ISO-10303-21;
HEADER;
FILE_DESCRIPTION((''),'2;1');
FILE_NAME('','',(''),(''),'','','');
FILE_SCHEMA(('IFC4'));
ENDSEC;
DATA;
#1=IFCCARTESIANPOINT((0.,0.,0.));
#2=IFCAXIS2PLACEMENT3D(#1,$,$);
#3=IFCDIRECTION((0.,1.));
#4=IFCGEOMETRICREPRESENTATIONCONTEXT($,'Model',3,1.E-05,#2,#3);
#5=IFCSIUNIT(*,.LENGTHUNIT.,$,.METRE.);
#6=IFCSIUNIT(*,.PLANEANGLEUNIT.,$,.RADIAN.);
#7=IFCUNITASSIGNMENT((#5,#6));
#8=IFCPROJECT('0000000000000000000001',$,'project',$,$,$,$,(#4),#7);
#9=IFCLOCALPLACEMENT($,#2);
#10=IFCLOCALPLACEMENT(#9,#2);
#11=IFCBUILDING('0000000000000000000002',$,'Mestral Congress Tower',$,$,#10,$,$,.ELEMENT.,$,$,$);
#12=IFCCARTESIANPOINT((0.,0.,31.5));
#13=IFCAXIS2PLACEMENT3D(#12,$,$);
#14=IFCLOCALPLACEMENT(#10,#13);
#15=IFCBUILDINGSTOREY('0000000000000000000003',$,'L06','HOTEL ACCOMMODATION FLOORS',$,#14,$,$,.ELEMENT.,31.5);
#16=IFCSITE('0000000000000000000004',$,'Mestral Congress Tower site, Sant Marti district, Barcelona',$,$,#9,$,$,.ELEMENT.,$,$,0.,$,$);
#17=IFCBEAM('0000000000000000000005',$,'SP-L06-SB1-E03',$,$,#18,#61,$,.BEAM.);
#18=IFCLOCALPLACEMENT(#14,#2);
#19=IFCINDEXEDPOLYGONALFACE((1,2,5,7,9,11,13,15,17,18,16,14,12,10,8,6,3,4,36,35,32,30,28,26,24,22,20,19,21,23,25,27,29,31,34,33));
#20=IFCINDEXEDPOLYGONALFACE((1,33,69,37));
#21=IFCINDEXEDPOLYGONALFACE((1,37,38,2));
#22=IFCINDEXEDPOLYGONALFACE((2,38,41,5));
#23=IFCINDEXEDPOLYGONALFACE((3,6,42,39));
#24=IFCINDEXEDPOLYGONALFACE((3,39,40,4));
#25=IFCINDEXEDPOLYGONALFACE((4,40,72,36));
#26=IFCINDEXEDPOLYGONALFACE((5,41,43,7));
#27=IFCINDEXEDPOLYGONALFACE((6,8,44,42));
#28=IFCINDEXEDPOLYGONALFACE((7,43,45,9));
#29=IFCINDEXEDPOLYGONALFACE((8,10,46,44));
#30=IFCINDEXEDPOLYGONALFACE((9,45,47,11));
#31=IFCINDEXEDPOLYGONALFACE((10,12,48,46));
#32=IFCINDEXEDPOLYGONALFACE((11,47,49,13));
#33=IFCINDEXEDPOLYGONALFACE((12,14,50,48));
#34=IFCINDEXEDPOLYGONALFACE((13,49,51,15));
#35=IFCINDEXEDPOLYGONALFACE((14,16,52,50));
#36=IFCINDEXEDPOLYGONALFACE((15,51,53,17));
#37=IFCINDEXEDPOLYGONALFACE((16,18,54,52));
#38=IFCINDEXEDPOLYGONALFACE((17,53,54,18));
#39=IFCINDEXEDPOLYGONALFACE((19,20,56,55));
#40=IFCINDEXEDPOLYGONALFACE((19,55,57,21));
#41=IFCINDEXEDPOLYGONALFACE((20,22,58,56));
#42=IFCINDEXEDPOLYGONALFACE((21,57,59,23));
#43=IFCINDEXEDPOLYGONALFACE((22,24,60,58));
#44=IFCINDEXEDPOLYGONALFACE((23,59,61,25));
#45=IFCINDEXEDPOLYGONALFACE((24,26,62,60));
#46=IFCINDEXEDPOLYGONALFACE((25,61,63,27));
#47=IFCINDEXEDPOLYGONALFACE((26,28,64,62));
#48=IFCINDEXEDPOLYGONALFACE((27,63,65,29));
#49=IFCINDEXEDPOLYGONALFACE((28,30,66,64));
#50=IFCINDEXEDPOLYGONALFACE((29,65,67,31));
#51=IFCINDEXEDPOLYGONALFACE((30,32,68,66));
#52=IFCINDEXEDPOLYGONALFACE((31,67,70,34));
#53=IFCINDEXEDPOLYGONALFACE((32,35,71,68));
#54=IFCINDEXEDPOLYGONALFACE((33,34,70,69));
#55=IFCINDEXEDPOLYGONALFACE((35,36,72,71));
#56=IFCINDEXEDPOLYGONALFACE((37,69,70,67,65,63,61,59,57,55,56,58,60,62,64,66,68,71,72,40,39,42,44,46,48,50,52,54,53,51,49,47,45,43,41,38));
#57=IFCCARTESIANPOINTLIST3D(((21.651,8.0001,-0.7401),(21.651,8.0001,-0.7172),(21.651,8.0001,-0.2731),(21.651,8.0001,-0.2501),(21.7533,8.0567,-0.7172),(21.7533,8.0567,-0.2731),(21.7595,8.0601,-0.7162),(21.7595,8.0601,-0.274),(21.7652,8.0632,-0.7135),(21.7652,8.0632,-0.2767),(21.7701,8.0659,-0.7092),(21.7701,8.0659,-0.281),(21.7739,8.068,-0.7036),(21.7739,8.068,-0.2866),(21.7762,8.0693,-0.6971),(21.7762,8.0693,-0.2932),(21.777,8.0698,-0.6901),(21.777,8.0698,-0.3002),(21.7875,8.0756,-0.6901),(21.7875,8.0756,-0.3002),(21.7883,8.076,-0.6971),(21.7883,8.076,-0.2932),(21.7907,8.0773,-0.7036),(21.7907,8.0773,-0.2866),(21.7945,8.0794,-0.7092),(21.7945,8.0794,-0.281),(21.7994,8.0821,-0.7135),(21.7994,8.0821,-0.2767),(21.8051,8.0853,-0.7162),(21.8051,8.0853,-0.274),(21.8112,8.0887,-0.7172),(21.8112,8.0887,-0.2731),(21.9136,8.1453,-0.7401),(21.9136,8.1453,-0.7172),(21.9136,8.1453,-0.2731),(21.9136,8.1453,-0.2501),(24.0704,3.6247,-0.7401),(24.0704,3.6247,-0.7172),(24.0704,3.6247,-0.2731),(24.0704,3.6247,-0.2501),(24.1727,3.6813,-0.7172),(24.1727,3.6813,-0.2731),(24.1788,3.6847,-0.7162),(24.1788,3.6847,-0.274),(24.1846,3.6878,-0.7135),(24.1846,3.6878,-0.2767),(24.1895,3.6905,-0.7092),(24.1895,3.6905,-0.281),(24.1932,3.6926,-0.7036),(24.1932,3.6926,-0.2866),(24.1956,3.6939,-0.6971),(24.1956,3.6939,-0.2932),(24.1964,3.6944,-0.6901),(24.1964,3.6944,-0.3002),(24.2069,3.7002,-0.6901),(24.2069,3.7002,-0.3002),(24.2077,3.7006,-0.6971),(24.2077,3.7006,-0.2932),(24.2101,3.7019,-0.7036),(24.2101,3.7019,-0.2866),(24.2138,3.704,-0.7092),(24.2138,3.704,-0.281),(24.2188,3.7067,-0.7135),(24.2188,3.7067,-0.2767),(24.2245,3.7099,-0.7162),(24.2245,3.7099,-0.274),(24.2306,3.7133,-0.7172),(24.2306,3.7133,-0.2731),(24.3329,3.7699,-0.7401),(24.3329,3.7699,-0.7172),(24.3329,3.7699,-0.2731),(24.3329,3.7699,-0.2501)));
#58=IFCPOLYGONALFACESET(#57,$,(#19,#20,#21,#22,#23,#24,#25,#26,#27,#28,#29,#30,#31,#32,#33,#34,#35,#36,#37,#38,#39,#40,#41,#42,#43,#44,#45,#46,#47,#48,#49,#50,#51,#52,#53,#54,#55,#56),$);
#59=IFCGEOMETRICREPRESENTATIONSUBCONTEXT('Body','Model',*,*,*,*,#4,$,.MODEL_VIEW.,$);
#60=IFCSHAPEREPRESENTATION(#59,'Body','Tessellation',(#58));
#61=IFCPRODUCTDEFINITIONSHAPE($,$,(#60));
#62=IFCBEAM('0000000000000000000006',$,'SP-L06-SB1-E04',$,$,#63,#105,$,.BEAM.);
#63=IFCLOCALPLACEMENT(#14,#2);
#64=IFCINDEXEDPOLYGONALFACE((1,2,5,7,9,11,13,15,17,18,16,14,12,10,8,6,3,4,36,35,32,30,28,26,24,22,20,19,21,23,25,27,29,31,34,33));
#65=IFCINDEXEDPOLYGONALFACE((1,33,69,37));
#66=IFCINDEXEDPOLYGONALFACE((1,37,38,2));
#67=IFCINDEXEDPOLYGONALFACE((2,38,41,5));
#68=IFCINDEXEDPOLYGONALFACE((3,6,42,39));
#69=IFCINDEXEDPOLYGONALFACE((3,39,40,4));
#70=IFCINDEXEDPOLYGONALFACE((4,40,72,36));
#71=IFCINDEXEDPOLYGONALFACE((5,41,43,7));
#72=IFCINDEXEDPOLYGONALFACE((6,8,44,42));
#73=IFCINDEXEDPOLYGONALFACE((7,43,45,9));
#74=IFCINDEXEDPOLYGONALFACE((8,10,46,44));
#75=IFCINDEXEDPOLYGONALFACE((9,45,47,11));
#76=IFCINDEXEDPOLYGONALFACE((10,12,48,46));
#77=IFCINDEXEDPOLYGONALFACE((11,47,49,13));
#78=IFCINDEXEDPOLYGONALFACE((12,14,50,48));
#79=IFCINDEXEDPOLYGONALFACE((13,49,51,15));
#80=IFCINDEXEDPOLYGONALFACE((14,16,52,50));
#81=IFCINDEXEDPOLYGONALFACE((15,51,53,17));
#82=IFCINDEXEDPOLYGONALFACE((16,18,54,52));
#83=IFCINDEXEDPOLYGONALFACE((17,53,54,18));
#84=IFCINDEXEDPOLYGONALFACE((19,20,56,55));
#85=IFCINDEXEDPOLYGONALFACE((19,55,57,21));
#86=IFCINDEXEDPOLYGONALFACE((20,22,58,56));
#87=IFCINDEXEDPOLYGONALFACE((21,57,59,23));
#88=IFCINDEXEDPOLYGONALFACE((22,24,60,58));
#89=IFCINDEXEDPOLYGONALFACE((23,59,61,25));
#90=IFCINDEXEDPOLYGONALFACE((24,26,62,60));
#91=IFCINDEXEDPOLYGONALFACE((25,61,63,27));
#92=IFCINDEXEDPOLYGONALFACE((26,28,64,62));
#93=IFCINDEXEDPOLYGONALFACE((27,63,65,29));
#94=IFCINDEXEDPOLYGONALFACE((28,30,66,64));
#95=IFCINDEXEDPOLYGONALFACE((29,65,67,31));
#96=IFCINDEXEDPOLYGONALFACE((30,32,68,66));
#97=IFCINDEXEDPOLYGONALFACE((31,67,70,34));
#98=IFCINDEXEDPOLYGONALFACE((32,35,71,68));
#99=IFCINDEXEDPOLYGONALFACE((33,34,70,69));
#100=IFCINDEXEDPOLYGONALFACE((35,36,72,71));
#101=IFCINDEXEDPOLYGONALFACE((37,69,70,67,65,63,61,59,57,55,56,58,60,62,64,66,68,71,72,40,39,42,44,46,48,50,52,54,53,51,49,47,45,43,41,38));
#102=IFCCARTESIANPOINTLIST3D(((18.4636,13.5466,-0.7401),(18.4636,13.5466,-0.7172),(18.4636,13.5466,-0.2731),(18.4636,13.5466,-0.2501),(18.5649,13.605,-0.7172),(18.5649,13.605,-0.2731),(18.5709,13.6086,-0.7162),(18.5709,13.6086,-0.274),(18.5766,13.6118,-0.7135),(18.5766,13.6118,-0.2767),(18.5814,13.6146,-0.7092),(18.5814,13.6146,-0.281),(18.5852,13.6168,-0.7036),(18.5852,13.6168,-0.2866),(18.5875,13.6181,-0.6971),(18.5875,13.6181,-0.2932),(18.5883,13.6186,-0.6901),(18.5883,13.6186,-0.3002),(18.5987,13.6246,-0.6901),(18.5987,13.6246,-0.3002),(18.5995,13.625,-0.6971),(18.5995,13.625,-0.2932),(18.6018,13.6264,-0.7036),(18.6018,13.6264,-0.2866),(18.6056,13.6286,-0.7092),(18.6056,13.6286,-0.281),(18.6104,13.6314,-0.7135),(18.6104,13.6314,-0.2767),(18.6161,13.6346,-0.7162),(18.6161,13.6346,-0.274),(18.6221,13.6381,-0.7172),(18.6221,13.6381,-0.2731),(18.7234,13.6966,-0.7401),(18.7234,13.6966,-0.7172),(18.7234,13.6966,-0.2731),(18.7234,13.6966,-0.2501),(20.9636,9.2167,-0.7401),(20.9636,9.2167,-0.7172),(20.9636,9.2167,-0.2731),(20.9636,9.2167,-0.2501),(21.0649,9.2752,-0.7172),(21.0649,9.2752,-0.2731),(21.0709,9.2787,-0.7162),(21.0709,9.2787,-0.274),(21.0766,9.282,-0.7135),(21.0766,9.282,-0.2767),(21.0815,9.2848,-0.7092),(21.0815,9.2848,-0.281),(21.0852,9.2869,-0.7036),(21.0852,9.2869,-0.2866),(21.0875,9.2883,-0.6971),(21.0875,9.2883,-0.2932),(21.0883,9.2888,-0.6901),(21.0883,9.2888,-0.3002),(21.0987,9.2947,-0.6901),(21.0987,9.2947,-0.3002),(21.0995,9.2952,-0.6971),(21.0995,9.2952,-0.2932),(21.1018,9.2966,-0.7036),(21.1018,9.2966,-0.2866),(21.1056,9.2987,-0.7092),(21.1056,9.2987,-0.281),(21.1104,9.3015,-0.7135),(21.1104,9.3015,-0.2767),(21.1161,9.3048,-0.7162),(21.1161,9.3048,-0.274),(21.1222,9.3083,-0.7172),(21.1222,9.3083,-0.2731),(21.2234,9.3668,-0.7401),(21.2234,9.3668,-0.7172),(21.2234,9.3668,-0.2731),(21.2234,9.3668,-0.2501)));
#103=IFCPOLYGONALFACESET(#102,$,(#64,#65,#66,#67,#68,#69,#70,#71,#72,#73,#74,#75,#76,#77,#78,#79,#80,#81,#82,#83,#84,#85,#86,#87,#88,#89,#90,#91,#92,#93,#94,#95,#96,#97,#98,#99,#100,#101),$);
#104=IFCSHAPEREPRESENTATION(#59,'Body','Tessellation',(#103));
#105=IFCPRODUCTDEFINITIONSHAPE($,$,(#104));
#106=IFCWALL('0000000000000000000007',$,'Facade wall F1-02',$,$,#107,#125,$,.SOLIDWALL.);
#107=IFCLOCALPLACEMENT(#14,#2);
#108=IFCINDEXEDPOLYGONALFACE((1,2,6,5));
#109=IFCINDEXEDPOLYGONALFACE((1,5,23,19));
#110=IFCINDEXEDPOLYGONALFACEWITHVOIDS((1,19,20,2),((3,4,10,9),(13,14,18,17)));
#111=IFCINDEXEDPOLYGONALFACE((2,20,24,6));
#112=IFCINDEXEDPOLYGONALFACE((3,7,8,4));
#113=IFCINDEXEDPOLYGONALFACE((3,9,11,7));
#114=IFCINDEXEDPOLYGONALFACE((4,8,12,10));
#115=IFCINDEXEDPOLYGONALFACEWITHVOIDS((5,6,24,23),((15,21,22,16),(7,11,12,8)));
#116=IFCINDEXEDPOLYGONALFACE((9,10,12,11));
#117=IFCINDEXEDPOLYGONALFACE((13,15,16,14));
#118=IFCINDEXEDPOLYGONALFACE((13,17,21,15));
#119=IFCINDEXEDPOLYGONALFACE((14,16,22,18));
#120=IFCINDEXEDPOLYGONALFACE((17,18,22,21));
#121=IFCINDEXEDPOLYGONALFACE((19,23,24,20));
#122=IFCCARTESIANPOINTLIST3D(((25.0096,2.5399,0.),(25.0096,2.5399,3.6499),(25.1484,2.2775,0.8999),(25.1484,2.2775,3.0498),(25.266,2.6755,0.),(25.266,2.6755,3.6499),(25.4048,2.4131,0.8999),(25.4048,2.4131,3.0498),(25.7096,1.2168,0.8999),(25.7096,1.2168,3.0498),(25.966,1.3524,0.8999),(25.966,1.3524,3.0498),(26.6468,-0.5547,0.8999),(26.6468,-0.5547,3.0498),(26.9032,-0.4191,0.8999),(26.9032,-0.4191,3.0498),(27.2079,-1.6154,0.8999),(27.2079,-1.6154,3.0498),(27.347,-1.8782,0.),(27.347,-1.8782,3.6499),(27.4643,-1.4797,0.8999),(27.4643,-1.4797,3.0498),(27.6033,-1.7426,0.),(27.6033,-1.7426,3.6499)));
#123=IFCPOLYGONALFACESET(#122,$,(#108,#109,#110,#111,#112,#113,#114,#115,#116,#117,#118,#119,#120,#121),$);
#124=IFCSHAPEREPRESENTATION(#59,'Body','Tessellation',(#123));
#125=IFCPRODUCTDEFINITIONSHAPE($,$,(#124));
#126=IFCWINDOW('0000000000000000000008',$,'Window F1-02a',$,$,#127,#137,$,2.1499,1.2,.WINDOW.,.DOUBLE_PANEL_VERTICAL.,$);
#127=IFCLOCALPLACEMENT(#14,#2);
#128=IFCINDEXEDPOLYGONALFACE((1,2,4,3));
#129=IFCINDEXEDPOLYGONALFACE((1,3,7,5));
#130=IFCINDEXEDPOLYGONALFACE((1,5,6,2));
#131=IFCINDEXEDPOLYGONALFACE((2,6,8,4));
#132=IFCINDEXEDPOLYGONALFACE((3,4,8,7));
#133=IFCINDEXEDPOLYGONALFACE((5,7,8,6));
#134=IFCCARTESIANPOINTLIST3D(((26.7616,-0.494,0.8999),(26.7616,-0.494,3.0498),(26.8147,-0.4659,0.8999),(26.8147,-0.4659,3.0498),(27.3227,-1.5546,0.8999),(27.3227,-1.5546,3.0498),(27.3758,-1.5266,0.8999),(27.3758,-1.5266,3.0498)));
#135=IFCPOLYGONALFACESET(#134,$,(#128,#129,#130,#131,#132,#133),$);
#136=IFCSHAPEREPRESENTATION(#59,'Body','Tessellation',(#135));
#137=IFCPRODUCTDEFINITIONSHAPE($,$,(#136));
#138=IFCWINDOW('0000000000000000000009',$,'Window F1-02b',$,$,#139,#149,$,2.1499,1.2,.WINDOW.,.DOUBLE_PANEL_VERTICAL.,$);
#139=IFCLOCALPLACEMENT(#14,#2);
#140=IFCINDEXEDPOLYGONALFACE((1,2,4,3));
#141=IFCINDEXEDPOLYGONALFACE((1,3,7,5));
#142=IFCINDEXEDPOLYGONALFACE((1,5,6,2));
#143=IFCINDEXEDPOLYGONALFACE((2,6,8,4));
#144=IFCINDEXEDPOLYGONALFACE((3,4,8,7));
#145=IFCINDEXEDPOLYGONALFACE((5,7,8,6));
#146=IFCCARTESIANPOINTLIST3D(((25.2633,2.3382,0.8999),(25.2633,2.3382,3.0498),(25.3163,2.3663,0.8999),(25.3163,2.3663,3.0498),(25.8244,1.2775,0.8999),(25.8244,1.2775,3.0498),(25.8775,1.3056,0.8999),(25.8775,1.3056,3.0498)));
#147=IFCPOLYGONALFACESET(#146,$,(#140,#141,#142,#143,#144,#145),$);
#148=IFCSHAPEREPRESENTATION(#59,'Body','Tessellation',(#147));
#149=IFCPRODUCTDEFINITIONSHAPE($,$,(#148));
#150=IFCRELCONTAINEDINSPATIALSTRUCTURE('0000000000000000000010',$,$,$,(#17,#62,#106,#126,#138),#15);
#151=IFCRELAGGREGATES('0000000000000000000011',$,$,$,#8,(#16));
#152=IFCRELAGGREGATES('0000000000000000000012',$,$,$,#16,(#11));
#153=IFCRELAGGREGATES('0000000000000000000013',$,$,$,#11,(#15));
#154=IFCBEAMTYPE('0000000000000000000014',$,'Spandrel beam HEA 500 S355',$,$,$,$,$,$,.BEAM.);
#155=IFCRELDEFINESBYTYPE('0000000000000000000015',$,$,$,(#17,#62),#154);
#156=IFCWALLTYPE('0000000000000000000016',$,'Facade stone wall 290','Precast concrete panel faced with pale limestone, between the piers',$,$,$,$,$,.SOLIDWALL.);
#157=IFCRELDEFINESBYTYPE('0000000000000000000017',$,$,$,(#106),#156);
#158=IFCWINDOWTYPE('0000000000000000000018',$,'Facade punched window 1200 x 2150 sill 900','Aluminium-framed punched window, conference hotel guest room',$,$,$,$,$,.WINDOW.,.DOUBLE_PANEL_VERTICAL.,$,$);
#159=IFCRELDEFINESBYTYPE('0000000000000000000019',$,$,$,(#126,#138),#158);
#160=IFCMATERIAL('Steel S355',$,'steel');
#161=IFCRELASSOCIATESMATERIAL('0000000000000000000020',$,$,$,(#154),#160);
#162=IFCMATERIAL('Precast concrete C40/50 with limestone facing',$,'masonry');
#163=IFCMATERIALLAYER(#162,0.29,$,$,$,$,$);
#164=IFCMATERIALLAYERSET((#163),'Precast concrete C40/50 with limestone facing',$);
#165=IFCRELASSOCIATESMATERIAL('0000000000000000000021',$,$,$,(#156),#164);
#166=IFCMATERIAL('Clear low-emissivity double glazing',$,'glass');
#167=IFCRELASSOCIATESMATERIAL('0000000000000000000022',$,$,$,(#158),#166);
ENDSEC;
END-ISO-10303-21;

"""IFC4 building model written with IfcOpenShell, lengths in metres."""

from ifc_helpers import new_model, si_unit, direction, frame, frame_2d, origin, origin_2d, place, context, subcontext, project, spatial, rectangle, i_section, extrude, material, layer, layer_set, material_profile, profile_set, type_object, element, fill, save


model = new_model("IFC4")

# Units and contexts
model_context = context("Model", 3, precision=1e-05, world=origin(), true_north=direction((0.0, 1.0)))
body_context = subcontext(model_context, "Body", "Model", "MODEL_VIEW")
ifc_project = project(units=[si_unit("LENGTHUNIT", "METRE"), si_unit("PLANEANGLEUNIT", "RADIAN")], contexts=[model_context])

# Site, building, storey
site_placement = place(None, origin())
site = spatial("IfcSite", under=ifc_project, at=site_placement, Name="Mestral Congress Tower site, Sant Marti district, Barcelona", CompositionType="ELEMENT", RefElevation=0.0)
building_placement = place(site_placement, origin())
building = spatial("IfcBuilding", under=site, at=building_placement, Name="Mestral Congress Tower", CompositionType="ELEMENT")
storey_placement = place(building_placement, frame((0.0, 0.0, 31.5)))
storey = spatial("IfcBuildingStorey", under=building, at=storey_placement, Name="L06", Description="HOTEL ACCOMMODATION FLOORS", CompositionType="ELEMENT", Elevation=31.5)

# Beams
ifc_material_1 = material(Name="Steel S355", Category="steel")
ifc_material_profile_1 = material_profile(ifc_material_1, i_section(OverallWidth=0.3, OverallDepth=0.49, WebThickness=0.012, FlangeThickness=0.0229, FilletRadius=0.0271, at=origin_2d()), Name="HEA 500")
ifc_profile_set_1 = profile_set([ifc_material_profile_1], Name="Steel S355")
beam_type_1 = type_object("IfcBeamType", Name="Spandrel beam HEA 500 S355", PredefinedType="BEAM", material=ifc_profile_set_1)
for number, where, z_axis, x_axis, name in (
    (1, (24.2017, 3.6973, -0.4951), (-0.483901, 0.875123, 0.0), (-0.875123, -0.483901, 0.0), "SP-L06-SB1-E03"),
    (2, (21.0935, 9.2917, -0.4951), (-0.500025, 0.866011, 0.0), (-0.866011, -0.500025, 0.0), "SP-L06-SB1-E04"),
):
    element("IfcBeam", number, at=place(storey_placement, frame(where, z_axis=z_axis, x_axis=x_axis)), inside=storey, type_object=beam_type_1, Name=name, PredefinedType="BEAM", context=body_context, shape_type="SweptSolid", body=[
        extrude(i_section(OverallWidth=0.3, OverallDepth=0.49, WebThickness=0.012, FlangeThickness=0.0229, FilletRadius=0.0271, at=origin_2d()), origin(), (0.0, 0.0, 1.0), 4.9998),
    ])

# Wall, openings, windows
ifc_material_2 = material(Name="Precast concrete C40/50 with limestone facing", Category="masonry")
ifc_layer_1 = layer(ifc_material_2, 0.29)
ifc_layer_set_1 = layer_set([ifc_layer_1], Name="Precast concrete C40/50 with limestone facing")
wall_type_1 = type_object("IfcWallType", Name="Facade stone wall 290", Description="Precast concrete panel faced with pale limestone, between the piers", PredefinedType="SOLIDWALL", material=ifc_layer_set_1)
wall_1_placement = place(storey_placement, frame((27.4751, -1.8103, 0.0), z_axis=(0.0, 0.0, 1.0), x_axis=(-0.46763, 0.883925, 0.0)))
wall_1 = element("IfcWall", 3, at=wall_1_placement, inside=storey, type_object=wall_type_1, Name="Facade wall F1-02", PredefinedType="SOLIDWALL", context=body_context, shape_type="SweptSolid", body=[
    extrude(rectangle(XDim=4.9983, YDim=0.29, at=frame_2d((2.499, 0.0))), origin(), (0.0, 0.0, 1.0), 3.6499),
])
opening_1_placement = place(wall_1_placement, frame((0.2971, 0.0, 0.8999)))
opening_1 = element("IfcOpeningElement", 4, at=opening_1_placement, cuts=wall_1, PredefinedType="OPENING", context=body_context, shape_type="SweptSolid", body=[
    extrude(rectangle(XDim=1.2, YDim=2.1499, at=frame_2d((0.6001, 1.075))), frame((0.0, 0.155, 0.0), z_axis=(0.0, -1.0, 0.0), x_axis=(1.0, 0.0, 0.0)), (0.0, 0.0, 1.0), 0.3101),
])
opening_2_placement = place(wall_1_placement, frame((3.5012, 0.0, 0.8999)))
opening_2 = element("IfcOpeningElement", 5, at=opening_2_placement, cuts=wall_1, PredefinedType="OPENING", context=body_context, shape_type="SweptSolid", body=[
    extrude(rectangle(XDim=1.2, YDim=2.1499, at=frame_2d((0.6001, 1.075))), frame((0.0, 0.155, 0.0), z_axis=(0.0, -1.0, 0.0), x_axis=(1.0, 0.0, 0.0)), (0.0, 0.0, 1.0), 0.3101),
])
ifc_material_3 = material(Name="Clear low-emissivity double glazing", Category="glass")
window_type = type_object("IfcWindowType", Name="Facade punched window 1200 x 2150 sill 900", Description="Aluminium-framed punched window, conference hotel guest room", PartitioningType="DOUBLE_PANEL_VERTICAL", PredefinedType="WINDOW", material=ifc_material_3)
window_1_placement = place(opening_1_placement, origin())
window_1 = element("IfcWindow", 6, at=window_1_placement, inside=storey, type_object=window_type, Name="Window F1-02a", OverallHeight=2.1499, OverallWidth=1.2, PartitioningType="DOUBLE_PANEL_VERTICAL", PredefinedType="WINDOW", context=body_context, shape_type="SweptSolid", body=[
    extrude(rectangle(XDim=1.2, YDim=2.1499, at=frame_2d((0.6001, 1.075))), frame((0.0, 0.0151, 0.0), z_axis=(0.0, -1.0, 0.0), x_axis=(1.0, 0.0, 0.0)), (0.0, 0.0, 1.0), 0.0601),
])
fill(opening_1, window_1)
window_2_placement = place(opening_2_placement, origin())
window_2 = element("IfcWindow", 7, at=window_2_placement, inside=storey, type_object=window_type, Name="Window F1-02b", OverallHeight=2.1499, OverallWidth=1.2, PartitioningType="DOUBLE_PANEL_VERTICAL", PredefinedType="WINDOW", context=body_context, shape_type="SweptSolid", body=[
    extrude(rectangle(XDim=1.2, YDim=2.1499, at=frame_2d((0.6001, 1.075))), frame((0.0, 0.0151, 0.0), z_axis=(0.0, -1.0, 0.0), x_axis=(1.0, 0.0, 0.0)), (0.0, 0.0, 1.0), 0.0601),
])
fill(opening_2, window_2)

save(model, "model.ifc")
